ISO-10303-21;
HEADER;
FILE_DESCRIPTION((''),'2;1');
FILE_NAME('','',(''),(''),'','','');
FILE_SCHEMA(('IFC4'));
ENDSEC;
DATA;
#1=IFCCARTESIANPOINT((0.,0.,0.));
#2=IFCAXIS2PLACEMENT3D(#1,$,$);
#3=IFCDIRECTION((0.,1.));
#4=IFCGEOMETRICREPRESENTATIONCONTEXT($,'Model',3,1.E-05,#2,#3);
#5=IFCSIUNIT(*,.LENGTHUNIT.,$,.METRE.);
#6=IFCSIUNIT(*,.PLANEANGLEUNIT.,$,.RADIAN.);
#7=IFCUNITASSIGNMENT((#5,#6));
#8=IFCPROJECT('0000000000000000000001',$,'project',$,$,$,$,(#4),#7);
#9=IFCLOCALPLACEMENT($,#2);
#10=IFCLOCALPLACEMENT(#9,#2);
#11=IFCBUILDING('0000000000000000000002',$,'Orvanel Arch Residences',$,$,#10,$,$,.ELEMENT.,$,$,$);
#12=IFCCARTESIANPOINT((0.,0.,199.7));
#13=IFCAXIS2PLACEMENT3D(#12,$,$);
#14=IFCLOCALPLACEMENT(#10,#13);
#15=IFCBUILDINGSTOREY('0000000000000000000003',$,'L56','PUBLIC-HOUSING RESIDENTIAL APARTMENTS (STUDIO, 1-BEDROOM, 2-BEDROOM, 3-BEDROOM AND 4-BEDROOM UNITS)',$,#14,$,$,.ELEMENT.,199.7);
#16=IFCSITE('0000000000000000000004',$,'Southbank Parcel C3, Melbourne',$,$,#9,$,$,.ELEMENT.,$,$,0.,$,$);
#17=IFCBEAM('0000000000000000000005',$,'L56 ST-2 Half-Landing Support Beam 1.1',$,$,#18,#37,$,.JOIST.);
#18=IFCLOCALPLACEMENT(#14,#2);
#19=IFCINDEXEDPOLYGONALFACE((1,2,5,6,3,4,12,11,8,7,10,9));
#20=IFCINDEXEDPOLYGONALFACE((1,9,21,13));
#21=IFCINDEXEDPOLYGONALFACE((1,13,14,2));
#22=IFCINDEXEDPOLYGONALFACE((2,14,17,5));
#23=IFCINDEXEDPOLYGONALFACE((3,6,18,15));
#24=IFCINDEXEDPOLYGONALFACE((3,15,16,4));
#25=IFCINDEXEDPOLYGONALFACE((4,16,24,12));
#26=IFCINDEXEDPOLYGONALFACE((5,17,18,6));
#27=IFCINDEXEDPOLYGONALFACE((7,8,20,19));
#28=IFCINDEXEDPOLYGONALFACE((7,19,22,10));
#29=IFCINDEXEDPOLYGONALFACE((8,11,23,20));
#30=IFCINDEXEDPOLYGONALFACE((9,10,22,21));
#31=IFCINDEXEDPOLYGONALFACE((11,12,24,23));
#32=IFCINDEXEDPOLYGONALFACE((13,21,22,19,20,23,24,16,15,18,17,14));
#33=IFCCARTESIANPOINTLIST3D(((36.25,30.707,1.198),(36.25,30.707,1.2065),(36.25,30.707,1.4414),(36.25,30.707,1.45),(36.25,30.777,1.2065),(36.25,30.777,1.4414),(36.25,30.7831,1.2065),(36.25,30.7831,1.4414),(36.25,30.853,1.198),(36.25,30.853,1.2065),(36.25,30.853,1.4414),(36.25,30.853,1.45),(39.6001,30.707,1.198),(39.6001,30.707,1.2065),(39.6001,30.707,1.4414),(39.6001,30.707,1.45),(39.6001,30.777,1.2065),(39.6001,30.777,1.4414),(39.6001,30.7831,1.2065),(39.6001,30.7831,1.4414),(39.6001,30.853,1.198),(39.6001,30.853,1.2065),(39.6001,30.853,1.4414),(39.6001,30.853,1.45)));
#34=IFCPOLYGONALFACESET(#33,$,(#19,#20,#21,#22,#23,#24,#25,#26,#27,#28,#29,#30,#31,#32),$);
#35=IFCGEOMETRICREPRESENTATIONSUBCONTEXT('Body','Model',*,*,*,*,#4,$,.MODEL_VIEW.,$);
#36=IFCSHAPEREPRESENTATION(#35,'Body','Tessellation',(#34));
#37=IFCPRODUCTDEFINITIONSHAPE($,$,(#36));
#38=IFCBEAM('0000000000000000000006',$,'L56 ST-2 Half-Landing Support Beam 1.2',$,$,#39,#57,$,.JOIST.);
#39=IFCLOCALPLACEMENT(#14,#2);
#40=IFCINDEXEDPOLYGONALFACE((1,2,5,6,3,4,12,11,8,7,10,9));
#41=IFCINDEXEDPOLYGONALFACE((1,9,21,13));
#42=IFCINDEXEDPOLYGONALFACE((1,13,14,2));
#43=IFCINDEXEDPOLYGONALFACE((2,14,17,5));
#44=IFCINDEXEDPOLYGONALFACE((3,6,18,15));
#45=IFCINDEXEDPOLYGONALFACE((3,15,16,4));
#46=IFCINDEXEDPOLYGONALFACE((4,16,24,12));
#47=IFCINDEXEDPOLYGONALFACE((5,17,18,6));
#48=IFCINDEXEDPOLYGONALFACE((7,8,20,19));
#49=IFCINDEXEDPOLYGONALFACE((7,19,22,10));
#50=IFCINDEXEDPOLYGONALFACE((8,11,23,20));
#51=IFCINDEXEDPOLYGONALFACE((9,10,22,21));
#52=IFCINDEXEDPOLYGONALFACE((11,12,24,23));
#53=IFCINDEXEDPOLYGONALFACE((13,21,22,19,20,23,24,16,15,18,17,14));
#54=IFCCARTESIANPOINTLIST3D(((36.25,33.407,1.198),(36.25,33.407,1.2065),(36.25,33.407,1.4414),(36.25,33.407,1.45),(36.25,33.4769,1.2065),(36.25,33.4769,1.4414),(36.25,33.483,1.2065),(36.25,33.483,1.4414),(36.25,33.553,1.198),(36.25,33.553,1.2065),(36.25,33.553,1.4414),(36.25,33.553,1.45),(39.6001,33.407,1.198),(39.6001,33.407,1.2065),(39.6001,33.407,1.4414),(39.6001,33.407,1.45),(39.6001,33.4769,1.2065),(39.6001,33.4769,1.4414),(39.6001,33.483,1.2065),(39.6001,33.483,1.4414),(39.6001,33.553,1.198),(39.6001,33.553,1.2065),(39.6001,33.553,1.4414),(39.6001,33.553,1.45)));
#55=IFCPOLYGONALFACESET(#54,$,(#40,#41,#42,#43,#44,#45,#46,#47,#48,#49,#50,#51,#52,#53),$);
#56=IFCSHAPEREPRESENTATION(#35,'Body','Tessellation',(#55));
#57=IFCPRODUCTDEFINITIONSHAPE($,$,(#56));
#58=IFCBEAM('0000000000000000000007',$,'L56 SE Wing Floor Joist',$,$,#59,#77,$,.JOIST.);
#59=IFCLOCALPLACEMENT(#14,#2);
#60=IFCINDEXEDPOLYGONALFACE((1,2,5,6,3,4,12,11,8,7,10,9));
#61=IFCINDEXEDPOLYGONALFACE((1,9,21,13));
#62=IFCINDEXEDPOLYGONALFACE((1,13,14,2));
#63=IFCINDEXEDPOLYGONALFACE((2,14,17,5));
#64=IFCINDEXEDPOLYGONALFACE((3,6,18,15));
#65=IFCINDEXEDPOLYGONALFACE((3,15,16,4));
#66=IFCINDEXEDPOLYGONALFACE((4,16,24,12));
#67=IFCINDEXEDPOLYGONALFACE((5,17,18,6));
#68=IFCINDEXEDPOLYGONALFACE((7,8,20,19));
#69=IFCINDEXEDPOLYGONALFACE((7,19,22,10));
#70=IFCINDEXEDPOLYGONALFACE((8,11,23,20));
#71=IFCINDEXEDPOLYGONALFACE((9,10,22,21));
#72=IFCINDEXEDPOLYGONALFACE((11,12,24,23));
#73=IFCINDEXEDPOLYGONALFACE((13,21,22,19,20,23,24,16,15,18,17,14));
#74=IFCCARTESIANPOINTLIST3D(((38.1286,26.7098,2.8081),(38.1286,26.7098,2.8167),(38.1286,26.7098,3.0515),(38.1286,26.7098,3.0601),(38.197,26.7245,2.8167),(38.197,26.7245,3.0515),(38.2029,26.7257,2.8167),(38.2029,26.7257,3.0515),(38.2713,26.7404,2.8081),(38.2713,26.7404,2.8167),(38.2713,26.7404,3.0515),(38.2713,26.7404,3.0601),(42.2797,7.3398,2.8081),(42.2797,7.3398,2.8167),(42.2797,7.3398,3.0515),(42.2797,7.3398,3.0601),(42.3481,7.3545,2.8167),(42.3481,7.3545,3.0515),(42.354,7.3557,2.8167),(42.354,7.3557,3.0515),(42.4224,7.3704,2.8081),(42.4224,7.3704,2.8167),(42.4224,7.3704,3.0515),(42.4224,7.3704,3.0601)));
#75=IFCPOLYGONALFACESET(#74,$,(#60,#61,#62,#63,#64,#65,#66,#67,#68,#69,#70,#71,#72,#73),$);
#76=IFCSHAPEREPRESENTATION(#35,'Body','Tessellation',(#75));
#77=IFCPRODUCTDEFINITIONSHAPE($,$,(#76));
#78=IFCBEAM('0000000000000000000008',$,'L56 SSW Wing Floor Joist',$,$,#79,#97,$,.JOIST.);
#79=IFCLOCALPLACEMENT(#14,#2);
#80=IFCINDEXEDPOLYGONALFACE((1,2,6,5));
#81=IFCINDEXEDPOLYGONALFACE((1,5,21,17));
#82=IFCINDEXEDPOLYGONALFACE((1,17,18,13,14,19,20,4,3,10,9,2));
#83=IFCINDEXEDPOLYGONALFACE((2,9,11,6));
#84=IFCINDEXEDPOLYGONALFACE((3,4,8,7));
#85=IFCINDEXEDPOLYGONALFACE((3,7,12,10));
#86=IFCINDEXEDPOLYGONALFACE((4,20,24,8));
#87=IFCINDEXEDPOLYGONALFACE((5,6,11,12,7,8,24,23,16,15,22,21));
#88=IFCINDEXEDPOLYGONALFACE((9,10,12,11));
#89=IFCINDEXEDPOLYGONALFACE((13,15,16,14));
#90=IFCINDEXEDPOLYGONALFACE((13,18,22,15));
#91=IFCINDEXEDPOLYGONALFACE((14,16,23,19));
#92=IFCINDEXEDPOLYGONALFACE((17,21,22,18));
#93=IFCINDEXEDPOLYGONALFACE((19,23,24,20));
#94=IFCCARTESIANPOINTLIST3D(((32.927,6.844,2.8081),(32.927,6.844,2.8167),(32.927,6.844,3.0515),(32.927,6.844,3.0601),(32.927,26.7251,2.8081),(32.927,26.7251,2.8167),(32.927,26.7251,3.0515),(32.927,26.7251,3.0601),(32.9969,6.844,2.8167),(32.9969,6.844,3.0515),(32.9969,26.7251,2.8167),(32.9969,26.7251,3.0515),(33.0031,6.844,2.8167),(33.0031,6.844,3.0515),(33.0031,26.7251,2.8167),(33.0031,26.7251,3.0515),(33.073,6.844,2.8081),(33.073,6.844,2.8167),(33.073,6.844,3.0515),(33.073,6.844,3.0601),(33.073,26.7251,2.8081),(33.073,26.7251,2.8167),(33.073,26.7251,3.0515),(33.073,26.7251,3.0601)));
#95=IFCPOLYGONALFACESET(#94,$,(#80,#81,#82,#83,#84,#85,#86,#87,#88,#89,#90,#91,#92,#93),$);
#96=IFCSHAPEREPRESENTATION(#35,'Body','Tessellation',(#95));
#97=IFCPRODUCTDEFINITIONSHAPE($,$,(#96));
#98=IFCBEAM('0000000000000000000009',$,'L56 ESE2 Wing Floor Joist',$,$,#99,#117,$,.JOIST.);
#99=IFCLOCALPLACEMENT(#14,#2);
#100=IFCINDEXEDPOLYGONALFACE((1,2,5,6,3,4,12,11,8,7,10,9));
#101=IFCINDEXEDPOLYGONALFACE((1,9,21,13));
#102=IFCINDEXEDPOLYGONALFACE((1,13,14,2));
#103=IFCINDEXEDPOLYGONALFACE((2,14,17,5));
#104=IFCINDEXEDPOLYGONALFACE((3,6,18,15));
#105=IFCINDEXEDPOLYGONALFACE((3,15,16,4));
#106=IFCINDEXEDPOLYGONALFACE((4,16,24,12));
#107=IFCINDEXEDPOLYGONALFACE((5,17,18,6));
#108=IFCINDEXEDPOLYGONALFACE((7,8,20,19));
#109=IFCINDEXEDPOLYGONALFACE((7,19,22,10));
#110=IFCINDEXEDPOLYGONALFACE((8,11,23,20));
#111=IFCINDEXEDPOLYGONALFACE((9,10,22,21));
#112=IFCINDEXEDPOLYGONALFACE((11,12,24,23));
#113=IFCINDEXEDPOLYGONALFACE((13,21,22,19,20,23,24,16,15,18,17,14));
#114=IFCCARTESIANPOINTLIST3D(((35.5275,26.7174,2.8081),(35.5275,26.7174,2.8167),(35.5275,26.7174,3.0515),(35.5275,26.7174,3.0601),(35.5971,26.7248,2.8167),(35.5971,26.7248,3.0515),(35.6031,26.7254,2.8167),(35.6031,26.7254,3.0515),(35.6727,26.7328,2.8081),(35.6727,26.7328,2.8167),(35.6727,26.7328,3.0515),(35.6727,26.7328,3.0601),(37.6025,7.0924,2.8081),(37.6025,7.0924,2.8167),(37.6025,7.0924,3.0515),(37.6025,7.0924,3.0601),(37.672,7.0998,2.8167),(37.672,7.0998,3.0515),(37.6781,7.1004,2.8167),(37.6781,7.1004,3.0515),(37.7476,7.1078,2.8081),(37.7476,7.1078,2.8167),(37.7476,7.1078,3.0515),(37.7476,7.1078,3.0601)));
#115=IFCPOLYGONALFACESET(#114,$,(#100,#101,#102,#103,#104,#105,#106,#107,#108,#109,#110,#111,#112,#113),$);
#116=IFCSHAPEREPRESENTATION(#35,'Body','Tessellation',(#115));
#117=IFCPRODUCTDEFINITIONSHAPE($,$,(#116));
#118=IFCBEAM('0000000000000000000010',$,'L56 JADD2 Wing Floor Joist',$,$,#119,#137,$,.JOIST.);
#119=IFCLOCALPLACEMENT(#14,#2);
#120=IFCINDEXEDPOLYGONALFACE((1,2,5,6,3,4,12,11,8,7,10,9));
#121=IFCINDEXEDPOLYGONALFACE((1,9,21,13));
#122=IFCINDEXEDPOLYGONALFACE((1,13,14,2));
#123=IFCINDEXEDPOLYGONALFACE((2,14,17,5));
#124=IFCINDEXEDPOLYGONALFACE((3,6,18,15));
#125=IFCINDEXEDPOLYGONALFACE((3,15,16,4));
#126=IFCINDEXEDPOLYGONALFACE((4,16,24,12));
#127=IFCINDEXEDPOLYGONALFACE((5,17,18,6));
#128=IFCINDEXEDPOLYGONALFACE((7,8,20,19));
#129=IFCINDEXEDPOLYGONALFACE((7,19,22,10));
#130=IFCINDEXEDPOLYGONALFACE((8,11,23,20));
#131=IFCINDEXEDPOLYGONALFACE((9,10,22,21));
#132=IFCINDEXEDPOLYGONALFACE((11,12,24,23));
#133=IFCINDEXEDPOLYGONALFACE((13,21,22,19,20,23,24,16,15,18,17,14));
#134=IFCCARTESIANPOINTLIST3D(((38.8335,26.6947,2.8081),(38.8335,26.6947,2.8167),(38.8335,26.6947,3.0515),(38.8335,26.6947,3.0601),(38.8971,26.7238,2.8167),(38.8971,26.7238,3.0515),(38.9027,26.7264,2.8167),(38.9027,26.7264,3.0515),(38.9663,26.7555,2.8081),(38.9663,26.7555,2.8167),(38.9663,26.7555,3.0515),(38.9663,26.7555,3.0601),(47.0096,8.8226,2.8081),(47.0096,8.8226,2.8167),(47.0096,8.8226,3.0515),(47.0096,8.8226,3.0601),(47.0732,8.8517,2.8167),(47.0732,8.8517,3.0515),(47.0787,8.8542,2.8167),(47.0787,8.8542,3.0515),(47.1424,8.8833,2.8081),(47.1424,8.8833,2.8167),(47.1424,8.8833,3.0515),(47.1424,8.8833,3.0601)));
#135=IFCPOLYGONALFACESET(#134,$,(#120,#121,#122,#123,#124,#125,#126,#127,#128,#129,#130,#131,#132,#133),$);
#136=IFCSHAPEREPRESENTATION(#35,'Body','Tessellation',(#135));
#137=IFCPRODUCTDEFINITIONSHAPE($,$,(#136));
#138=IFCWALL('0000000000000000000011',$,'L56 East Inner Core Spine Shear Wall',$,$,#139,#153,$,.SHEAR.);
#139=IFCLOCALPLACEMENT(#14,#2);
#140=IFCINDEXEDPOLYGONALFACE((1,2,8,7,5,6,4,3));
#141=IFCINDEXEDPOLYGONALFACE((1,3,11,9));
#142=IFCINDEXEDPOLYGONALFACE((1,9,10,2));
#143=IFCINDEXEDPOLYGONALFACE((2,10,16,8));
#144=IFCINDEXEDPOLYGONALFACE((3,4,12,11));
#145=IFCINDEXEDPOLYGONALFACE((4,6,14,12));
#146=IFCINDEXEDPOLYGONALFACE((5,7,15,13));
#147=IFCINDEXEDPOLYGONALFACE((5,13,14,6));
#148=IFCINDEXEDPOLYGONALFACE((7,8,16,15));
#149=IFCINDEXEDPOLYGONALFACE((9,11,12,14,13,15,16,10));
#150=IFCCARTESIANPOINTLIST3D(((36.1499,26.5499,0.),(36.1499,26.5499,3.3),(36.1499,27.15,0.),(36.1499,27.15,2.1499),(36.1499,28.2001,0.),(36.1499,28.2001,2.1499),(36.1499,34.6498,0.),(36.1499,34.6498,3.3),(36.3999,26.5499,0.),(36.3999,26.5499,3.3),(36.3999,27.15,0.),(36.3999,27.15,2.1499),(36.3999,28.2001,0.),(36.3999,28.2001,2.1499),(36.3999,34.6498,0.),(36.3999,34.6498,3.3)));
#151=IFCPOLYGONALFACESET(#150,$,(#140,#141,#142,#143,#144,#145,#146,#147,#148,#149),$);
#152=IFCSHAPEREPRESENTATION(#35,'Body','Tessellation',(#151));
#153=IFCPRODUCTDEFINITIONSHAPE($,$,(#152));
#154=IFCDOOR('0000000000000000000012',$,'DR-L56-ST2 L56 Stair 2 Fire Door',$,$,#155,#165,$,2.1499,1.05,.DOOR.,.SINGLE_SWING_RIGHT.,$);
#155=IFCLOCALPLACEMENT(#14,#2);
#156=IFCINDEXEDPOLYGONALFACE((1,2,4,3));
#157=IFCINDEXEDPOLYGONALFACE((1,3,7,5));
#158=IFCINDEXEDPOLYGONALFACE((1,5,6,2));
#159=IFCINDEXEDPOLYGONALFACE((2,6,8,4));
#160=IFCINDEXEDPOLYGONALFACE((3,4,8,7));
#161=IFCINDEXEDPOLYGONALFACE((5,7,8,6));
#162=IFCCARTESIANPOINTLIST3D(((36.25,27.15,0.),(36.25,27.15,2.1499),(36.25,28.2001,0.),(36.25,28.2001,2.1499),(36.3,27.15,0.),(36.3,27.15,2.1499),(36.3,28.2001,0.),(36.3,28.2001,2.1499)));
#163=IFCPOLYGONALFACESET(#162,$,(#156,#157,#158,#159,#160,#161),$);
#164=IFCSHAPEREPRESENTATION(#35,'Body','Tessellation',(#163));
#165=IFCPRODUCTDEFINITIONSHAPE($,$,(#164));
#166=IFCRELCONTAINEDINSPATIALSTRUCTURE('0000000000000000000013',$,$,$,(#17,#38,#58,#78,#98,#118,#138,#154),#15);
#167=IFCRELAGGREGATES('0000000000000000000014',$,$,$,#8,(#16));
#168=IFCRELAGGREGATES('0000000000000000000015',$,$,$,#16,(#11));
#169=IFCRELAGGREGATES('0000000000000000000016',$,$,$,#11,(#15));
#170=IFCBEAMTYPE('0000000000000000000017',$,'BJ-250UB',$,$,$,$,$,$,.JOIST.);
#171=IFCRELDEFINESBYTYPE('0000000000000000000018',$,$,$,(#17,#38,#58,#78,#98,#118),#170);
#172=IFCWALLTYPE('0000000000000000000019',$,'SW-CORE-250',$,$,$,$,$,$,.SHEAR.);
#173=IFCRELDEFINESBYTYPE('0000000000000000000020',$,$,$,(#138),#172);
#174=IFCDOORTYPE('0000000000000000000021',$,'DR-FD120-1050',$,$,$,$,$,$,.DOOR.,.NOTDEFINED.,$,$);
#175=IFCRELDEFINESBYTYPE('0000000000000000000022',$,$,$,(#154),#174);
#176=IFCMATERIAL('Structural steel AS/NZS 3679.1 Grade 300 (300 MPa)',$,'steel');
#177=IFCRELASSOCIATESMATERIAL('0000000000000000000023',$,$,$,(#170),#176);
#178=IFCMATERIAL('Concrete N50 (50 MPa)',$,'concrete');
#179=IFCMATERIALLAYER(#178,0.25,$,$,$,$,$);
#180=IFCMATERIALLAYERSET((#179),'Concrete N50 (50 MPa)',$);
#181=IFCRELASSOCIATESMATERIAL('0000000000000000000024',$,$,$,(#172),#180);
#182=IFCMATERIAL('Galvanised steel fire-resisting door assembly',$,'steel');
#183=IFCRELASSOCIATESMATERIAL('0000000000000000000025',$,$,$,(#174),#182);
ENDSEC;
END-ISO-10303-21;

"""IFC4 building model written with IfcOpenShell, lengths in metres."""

from ifc_helpers import new_model, si_unit, direction, frame, frame_2d, origin, origin_2d, place, context, subcontext, project, spatial, rectangle, i_section, extrude, material, layer, layer_set, material_profile, profile_set, type_object, element, fill, save


model = new_model("IFC4")

# Units and contexts
model_context = context("Model", 3, precision=1e-05, world=origin(), true_north=direction((0.0, 1.0)))
body_context = subcontext(model_context, "Body", "Model", "MODEL_VIEW")
ifc_project = project(units=[si_unit("LENGTHUNIT", "METRE"), si_unit("PLANEANGLEUNIT", "RADIAN")], contexts=[model_context])

# Site, building, storey
site_placement = place(None, origin())
site = spatial("IfcSite", under=ifc_project, at=site_placement, Name="Southbank Parcel C3, Melbourne", CompositionType="ELEMENT", RefElevation=0.0)
building_placement = place(site_placement, origin())
building = spatial("IfcBuilding", under=site, at=building_placement, Name="Orvanel Arch Residences", CompositionType="ELEMENT")
storey_placement = place(building_placement, frame((0.0, 0.0, 199.7)))
storey = spatial("IfcBuildingStorey", under=building, at=storey_placement, Name="L56", Description="PUBLIC-HOUSING RESIDENTIAL APARTMENTS (STUDIO, 1-BEDROOM, 2-BEDROOM, 3-BEDROOM AND 4-BEDROOM UNITS)", CompositionType="ELEMENT", Elevation=199.7)

# Beams
ifc_material_1 = material(Name="Structural steel AS/NZS 3679.1 Grade 300 (300 MPa)", Category="steel")
ifc_material_profile = material_profile(ifc_material_1, i_section(OverallWidth=0.146, OverallDepth=0.252, WebThickness=0.0061, FlangeThickness=0.0085, at=origin_2d()), Name="250UB31.4")
ifc_profile_set = profile_set([ifc_material_profile], Name="Structural steel AS/NZS 3679.1 Grade 300 (300 MPa)")
beam_type = type_object("IfcBeamType", Name="BJ-250UB", PredefinedType="JOIST", material=ifc_profile_set)
for number, where, z_axis, x_axis, name in (
    (1, (36.25, 30.78, 1.324), (1.0, 0.0, 0.0), (0.0, 1.0, 0.0), "L56 ST-2 Half-Landing Support Beam 1.1"),
    (2, (36.25, 33.48, 1.324), (1.0, 0.0, 0.0), (0.0, 1.0, 0.0), "L56 ST-2 Half-Landing Support Beam 1.2"),
):
    element("IfcBeam", number, at=place(storey_placement, frame(where, z_axis=z_axis, x_axis=x_axis)), inside=storey, type_object=beam_type, Name=name, PredefinedType="JOIST", context=body_context, shape_type="SweptSolid", body=[
        extrude(i_section(OverallWidth=0.146, OverallDepth=0.252, WebThickness=0.0061, FlangeThickness=0.0085, at=origin_2d()), origin(), (0.0, 0.0, 1.0), 3.3501),
    ])
beam_1_placement = place(storey_placement, frame((38.2, 26.7251, 2.9341), z_axis=(0.209548, -0.977798, 0.0), x_axis=(0.977798, 0.209548, 0.0)))
element("IfcBeam", 3, at=beam_1_placement, inside=storey, type_object=beam_type, Name="L56 SE Wing Floor Joist", PredefinedType="JOIST", context=body_context, shape_type="SweptSolid", body=[
    extrude(i_section(OverallWidth=0.146, OverallDepth=0.252, WebThickness=0.0061, FlangeThickness=0.0085, at=origin_2d()), origin(), (0.0, 0.0, 1.0), 19.8098),
])
beam_2_placement = place(storey_placement, frame((33.0, 26.7251, 2.9341), z_axis=(0.0, -1.0, 0.0), x_axis=(1.0, 0.0, 0.0)))
element("IfcBeam", 4, at=beam_2_placement, inside=storey, type_object=beam_type, Name="L56 SSW Wing Floor Joist", PredefinedType="JOIST", context=body_context, shape_type="SweptSolid", body=[
    extrude(i_section(OverallWidth=0.146, OverallDepth=0.252, WebThickness=0.0061, FlangeThickness=0.0085, at=origin_2d()), origin(), (0.0, 0.0, 1.0), 19.8811),
])
beam_3_placement = place(storey_placement, frame((35.6001, 26.7251, 2.9341), z_axis=(0.105144, -0.994457, 0.0), x_axis=(0.994457, 0.105144, 0.0)))
element("IfcBeam", 5, at=beam_3_placement, inside=storey, type_object=beam_type, Name="L56 ESE2 Wing Floor Joist", PredefinedType="JOIST", context=body_context, shape_type="SweptSolid", body=[
    extrude(i_section(OverallWidth=0.146, OverallDepth=0.252, WebThickness=0.0061, FlangeThickness=0.0085, at=origin_2d()), origin(), (0.0, 0.0, 1.0), 19.7344),
])
beam_4_placement = place(storey_placement, frame((38.8999, 26.7251, 2.9341), z_axis=(0.41601, -0.90936, 0.0), x_axis=(0.90936, 0.41601, 0.0)))
element("IfcBeam", 6, at=beam_4_placement, inside=storey, type_object=beam_type, Name="L56 JADD2 Wing Floor Joist", PredefinedType="JOIST", context=body_context, shape_type="SweptSolid", body=[
    extrude(i_section(OverallWidth=0.146, OverallDepth=0.252, WebThickness=0.0061, FlangeThickness=0.0085, at=origin_2d()), origin(), (0.0, 0.0, 1.0), 19.6536),
])

# Wall, opening, door
ifc_material_2 = material(Name="Concrete N50 (50 MPa)", Category="concrete")
ifc_layer_1 = layer(ifc_material_2, 0.25)
ifc_layer_set_1 = layer_set([ifc_layer_1], Name="Concrete N50 (50 MPa)")
wall_type_1 = type_object("IfcWallType", Name="SW-CORE-250", PredefinedType="SHEAR", material=ifc_layer_set_1)
wall_1_placement = place(storey_placement, frame((36.2749, 26.55, 0.0), z_axis=(0.0, 0.0, 1.0), x_axis=(0.0, 1.0, 0.0)))
wall_1 = element("IfcWall", 7, at=wall_1_placement, inside=storey, type_object=wall_type_1, Name="L56 East Inner Core Spine Shear Wall", PredefinedType="SHEAR", context=body_context, shape_type="SweptSolid", body=[
    extrude(rectangle(XDim=8.0999, YDim=0.25, at=frame_2d((4.0498, 0.0))), origin(), (0.0, 0.0, 1.0), 3.3),
])
opening_1_placement = place(wall_1_placement, frame((0.6001, 0.0, 0.0)))
opening_1 = element("IfcOpeningElement", 8, at=opening_1_placement, cuts=wall_1, PredefinedType="OPENING", context=body_context, shape_type="SweptSolid", body=[
    extrude(rectangle(XDim=1.05, YDim=2.1499, at=frame_2d((0.5249, 1.075))), frame((0.0, 0.135, 0.0), z_axis=(0.0, -1.0, 0.0), x_axis=(1.0, 0.0, 0.0)), (0.0, 0.0, 1.0), 0.27),
])
ifc_material_3 = material(Name="Galvanised steel fire-resisting door assembly", Category="steel")
door_type_1 = type_object("IfcDoorType", Name="DR-FD120-1050", OperationType="NOTDEFINED", PredefinedType="DOOR", material=ifc_material_3)
door_1_placement = place(opening_1_placement, origin())
door_1 = element("IfcDoor", 9, at=door_1_placement, inside=storey, type_object=door_type_1, Name="DR-L56-ST2 L56 Stair 2 Fire Door", OperationType="SINGLE_SWING_RIGHT", OverallHeight=2.1499, OverallWidth=1.05, PredefinedType="DOOR", context=body_context, shape_type="SweptSolid", body=[
    extrude(rectangle(XDim=1.05, YDim=2.1499, at=frame_2d((0.5249, 1.075))), frame((0.0, 0.0249, 0.0), z_axis=(0.0, -1.0, 0.0), x_axis=(1.0, 0.0, 0.0)), (0.0, 0.0, 1.0), 0.05),
])
fill(opening_1, door_1)

save(model, "model.ifc")
